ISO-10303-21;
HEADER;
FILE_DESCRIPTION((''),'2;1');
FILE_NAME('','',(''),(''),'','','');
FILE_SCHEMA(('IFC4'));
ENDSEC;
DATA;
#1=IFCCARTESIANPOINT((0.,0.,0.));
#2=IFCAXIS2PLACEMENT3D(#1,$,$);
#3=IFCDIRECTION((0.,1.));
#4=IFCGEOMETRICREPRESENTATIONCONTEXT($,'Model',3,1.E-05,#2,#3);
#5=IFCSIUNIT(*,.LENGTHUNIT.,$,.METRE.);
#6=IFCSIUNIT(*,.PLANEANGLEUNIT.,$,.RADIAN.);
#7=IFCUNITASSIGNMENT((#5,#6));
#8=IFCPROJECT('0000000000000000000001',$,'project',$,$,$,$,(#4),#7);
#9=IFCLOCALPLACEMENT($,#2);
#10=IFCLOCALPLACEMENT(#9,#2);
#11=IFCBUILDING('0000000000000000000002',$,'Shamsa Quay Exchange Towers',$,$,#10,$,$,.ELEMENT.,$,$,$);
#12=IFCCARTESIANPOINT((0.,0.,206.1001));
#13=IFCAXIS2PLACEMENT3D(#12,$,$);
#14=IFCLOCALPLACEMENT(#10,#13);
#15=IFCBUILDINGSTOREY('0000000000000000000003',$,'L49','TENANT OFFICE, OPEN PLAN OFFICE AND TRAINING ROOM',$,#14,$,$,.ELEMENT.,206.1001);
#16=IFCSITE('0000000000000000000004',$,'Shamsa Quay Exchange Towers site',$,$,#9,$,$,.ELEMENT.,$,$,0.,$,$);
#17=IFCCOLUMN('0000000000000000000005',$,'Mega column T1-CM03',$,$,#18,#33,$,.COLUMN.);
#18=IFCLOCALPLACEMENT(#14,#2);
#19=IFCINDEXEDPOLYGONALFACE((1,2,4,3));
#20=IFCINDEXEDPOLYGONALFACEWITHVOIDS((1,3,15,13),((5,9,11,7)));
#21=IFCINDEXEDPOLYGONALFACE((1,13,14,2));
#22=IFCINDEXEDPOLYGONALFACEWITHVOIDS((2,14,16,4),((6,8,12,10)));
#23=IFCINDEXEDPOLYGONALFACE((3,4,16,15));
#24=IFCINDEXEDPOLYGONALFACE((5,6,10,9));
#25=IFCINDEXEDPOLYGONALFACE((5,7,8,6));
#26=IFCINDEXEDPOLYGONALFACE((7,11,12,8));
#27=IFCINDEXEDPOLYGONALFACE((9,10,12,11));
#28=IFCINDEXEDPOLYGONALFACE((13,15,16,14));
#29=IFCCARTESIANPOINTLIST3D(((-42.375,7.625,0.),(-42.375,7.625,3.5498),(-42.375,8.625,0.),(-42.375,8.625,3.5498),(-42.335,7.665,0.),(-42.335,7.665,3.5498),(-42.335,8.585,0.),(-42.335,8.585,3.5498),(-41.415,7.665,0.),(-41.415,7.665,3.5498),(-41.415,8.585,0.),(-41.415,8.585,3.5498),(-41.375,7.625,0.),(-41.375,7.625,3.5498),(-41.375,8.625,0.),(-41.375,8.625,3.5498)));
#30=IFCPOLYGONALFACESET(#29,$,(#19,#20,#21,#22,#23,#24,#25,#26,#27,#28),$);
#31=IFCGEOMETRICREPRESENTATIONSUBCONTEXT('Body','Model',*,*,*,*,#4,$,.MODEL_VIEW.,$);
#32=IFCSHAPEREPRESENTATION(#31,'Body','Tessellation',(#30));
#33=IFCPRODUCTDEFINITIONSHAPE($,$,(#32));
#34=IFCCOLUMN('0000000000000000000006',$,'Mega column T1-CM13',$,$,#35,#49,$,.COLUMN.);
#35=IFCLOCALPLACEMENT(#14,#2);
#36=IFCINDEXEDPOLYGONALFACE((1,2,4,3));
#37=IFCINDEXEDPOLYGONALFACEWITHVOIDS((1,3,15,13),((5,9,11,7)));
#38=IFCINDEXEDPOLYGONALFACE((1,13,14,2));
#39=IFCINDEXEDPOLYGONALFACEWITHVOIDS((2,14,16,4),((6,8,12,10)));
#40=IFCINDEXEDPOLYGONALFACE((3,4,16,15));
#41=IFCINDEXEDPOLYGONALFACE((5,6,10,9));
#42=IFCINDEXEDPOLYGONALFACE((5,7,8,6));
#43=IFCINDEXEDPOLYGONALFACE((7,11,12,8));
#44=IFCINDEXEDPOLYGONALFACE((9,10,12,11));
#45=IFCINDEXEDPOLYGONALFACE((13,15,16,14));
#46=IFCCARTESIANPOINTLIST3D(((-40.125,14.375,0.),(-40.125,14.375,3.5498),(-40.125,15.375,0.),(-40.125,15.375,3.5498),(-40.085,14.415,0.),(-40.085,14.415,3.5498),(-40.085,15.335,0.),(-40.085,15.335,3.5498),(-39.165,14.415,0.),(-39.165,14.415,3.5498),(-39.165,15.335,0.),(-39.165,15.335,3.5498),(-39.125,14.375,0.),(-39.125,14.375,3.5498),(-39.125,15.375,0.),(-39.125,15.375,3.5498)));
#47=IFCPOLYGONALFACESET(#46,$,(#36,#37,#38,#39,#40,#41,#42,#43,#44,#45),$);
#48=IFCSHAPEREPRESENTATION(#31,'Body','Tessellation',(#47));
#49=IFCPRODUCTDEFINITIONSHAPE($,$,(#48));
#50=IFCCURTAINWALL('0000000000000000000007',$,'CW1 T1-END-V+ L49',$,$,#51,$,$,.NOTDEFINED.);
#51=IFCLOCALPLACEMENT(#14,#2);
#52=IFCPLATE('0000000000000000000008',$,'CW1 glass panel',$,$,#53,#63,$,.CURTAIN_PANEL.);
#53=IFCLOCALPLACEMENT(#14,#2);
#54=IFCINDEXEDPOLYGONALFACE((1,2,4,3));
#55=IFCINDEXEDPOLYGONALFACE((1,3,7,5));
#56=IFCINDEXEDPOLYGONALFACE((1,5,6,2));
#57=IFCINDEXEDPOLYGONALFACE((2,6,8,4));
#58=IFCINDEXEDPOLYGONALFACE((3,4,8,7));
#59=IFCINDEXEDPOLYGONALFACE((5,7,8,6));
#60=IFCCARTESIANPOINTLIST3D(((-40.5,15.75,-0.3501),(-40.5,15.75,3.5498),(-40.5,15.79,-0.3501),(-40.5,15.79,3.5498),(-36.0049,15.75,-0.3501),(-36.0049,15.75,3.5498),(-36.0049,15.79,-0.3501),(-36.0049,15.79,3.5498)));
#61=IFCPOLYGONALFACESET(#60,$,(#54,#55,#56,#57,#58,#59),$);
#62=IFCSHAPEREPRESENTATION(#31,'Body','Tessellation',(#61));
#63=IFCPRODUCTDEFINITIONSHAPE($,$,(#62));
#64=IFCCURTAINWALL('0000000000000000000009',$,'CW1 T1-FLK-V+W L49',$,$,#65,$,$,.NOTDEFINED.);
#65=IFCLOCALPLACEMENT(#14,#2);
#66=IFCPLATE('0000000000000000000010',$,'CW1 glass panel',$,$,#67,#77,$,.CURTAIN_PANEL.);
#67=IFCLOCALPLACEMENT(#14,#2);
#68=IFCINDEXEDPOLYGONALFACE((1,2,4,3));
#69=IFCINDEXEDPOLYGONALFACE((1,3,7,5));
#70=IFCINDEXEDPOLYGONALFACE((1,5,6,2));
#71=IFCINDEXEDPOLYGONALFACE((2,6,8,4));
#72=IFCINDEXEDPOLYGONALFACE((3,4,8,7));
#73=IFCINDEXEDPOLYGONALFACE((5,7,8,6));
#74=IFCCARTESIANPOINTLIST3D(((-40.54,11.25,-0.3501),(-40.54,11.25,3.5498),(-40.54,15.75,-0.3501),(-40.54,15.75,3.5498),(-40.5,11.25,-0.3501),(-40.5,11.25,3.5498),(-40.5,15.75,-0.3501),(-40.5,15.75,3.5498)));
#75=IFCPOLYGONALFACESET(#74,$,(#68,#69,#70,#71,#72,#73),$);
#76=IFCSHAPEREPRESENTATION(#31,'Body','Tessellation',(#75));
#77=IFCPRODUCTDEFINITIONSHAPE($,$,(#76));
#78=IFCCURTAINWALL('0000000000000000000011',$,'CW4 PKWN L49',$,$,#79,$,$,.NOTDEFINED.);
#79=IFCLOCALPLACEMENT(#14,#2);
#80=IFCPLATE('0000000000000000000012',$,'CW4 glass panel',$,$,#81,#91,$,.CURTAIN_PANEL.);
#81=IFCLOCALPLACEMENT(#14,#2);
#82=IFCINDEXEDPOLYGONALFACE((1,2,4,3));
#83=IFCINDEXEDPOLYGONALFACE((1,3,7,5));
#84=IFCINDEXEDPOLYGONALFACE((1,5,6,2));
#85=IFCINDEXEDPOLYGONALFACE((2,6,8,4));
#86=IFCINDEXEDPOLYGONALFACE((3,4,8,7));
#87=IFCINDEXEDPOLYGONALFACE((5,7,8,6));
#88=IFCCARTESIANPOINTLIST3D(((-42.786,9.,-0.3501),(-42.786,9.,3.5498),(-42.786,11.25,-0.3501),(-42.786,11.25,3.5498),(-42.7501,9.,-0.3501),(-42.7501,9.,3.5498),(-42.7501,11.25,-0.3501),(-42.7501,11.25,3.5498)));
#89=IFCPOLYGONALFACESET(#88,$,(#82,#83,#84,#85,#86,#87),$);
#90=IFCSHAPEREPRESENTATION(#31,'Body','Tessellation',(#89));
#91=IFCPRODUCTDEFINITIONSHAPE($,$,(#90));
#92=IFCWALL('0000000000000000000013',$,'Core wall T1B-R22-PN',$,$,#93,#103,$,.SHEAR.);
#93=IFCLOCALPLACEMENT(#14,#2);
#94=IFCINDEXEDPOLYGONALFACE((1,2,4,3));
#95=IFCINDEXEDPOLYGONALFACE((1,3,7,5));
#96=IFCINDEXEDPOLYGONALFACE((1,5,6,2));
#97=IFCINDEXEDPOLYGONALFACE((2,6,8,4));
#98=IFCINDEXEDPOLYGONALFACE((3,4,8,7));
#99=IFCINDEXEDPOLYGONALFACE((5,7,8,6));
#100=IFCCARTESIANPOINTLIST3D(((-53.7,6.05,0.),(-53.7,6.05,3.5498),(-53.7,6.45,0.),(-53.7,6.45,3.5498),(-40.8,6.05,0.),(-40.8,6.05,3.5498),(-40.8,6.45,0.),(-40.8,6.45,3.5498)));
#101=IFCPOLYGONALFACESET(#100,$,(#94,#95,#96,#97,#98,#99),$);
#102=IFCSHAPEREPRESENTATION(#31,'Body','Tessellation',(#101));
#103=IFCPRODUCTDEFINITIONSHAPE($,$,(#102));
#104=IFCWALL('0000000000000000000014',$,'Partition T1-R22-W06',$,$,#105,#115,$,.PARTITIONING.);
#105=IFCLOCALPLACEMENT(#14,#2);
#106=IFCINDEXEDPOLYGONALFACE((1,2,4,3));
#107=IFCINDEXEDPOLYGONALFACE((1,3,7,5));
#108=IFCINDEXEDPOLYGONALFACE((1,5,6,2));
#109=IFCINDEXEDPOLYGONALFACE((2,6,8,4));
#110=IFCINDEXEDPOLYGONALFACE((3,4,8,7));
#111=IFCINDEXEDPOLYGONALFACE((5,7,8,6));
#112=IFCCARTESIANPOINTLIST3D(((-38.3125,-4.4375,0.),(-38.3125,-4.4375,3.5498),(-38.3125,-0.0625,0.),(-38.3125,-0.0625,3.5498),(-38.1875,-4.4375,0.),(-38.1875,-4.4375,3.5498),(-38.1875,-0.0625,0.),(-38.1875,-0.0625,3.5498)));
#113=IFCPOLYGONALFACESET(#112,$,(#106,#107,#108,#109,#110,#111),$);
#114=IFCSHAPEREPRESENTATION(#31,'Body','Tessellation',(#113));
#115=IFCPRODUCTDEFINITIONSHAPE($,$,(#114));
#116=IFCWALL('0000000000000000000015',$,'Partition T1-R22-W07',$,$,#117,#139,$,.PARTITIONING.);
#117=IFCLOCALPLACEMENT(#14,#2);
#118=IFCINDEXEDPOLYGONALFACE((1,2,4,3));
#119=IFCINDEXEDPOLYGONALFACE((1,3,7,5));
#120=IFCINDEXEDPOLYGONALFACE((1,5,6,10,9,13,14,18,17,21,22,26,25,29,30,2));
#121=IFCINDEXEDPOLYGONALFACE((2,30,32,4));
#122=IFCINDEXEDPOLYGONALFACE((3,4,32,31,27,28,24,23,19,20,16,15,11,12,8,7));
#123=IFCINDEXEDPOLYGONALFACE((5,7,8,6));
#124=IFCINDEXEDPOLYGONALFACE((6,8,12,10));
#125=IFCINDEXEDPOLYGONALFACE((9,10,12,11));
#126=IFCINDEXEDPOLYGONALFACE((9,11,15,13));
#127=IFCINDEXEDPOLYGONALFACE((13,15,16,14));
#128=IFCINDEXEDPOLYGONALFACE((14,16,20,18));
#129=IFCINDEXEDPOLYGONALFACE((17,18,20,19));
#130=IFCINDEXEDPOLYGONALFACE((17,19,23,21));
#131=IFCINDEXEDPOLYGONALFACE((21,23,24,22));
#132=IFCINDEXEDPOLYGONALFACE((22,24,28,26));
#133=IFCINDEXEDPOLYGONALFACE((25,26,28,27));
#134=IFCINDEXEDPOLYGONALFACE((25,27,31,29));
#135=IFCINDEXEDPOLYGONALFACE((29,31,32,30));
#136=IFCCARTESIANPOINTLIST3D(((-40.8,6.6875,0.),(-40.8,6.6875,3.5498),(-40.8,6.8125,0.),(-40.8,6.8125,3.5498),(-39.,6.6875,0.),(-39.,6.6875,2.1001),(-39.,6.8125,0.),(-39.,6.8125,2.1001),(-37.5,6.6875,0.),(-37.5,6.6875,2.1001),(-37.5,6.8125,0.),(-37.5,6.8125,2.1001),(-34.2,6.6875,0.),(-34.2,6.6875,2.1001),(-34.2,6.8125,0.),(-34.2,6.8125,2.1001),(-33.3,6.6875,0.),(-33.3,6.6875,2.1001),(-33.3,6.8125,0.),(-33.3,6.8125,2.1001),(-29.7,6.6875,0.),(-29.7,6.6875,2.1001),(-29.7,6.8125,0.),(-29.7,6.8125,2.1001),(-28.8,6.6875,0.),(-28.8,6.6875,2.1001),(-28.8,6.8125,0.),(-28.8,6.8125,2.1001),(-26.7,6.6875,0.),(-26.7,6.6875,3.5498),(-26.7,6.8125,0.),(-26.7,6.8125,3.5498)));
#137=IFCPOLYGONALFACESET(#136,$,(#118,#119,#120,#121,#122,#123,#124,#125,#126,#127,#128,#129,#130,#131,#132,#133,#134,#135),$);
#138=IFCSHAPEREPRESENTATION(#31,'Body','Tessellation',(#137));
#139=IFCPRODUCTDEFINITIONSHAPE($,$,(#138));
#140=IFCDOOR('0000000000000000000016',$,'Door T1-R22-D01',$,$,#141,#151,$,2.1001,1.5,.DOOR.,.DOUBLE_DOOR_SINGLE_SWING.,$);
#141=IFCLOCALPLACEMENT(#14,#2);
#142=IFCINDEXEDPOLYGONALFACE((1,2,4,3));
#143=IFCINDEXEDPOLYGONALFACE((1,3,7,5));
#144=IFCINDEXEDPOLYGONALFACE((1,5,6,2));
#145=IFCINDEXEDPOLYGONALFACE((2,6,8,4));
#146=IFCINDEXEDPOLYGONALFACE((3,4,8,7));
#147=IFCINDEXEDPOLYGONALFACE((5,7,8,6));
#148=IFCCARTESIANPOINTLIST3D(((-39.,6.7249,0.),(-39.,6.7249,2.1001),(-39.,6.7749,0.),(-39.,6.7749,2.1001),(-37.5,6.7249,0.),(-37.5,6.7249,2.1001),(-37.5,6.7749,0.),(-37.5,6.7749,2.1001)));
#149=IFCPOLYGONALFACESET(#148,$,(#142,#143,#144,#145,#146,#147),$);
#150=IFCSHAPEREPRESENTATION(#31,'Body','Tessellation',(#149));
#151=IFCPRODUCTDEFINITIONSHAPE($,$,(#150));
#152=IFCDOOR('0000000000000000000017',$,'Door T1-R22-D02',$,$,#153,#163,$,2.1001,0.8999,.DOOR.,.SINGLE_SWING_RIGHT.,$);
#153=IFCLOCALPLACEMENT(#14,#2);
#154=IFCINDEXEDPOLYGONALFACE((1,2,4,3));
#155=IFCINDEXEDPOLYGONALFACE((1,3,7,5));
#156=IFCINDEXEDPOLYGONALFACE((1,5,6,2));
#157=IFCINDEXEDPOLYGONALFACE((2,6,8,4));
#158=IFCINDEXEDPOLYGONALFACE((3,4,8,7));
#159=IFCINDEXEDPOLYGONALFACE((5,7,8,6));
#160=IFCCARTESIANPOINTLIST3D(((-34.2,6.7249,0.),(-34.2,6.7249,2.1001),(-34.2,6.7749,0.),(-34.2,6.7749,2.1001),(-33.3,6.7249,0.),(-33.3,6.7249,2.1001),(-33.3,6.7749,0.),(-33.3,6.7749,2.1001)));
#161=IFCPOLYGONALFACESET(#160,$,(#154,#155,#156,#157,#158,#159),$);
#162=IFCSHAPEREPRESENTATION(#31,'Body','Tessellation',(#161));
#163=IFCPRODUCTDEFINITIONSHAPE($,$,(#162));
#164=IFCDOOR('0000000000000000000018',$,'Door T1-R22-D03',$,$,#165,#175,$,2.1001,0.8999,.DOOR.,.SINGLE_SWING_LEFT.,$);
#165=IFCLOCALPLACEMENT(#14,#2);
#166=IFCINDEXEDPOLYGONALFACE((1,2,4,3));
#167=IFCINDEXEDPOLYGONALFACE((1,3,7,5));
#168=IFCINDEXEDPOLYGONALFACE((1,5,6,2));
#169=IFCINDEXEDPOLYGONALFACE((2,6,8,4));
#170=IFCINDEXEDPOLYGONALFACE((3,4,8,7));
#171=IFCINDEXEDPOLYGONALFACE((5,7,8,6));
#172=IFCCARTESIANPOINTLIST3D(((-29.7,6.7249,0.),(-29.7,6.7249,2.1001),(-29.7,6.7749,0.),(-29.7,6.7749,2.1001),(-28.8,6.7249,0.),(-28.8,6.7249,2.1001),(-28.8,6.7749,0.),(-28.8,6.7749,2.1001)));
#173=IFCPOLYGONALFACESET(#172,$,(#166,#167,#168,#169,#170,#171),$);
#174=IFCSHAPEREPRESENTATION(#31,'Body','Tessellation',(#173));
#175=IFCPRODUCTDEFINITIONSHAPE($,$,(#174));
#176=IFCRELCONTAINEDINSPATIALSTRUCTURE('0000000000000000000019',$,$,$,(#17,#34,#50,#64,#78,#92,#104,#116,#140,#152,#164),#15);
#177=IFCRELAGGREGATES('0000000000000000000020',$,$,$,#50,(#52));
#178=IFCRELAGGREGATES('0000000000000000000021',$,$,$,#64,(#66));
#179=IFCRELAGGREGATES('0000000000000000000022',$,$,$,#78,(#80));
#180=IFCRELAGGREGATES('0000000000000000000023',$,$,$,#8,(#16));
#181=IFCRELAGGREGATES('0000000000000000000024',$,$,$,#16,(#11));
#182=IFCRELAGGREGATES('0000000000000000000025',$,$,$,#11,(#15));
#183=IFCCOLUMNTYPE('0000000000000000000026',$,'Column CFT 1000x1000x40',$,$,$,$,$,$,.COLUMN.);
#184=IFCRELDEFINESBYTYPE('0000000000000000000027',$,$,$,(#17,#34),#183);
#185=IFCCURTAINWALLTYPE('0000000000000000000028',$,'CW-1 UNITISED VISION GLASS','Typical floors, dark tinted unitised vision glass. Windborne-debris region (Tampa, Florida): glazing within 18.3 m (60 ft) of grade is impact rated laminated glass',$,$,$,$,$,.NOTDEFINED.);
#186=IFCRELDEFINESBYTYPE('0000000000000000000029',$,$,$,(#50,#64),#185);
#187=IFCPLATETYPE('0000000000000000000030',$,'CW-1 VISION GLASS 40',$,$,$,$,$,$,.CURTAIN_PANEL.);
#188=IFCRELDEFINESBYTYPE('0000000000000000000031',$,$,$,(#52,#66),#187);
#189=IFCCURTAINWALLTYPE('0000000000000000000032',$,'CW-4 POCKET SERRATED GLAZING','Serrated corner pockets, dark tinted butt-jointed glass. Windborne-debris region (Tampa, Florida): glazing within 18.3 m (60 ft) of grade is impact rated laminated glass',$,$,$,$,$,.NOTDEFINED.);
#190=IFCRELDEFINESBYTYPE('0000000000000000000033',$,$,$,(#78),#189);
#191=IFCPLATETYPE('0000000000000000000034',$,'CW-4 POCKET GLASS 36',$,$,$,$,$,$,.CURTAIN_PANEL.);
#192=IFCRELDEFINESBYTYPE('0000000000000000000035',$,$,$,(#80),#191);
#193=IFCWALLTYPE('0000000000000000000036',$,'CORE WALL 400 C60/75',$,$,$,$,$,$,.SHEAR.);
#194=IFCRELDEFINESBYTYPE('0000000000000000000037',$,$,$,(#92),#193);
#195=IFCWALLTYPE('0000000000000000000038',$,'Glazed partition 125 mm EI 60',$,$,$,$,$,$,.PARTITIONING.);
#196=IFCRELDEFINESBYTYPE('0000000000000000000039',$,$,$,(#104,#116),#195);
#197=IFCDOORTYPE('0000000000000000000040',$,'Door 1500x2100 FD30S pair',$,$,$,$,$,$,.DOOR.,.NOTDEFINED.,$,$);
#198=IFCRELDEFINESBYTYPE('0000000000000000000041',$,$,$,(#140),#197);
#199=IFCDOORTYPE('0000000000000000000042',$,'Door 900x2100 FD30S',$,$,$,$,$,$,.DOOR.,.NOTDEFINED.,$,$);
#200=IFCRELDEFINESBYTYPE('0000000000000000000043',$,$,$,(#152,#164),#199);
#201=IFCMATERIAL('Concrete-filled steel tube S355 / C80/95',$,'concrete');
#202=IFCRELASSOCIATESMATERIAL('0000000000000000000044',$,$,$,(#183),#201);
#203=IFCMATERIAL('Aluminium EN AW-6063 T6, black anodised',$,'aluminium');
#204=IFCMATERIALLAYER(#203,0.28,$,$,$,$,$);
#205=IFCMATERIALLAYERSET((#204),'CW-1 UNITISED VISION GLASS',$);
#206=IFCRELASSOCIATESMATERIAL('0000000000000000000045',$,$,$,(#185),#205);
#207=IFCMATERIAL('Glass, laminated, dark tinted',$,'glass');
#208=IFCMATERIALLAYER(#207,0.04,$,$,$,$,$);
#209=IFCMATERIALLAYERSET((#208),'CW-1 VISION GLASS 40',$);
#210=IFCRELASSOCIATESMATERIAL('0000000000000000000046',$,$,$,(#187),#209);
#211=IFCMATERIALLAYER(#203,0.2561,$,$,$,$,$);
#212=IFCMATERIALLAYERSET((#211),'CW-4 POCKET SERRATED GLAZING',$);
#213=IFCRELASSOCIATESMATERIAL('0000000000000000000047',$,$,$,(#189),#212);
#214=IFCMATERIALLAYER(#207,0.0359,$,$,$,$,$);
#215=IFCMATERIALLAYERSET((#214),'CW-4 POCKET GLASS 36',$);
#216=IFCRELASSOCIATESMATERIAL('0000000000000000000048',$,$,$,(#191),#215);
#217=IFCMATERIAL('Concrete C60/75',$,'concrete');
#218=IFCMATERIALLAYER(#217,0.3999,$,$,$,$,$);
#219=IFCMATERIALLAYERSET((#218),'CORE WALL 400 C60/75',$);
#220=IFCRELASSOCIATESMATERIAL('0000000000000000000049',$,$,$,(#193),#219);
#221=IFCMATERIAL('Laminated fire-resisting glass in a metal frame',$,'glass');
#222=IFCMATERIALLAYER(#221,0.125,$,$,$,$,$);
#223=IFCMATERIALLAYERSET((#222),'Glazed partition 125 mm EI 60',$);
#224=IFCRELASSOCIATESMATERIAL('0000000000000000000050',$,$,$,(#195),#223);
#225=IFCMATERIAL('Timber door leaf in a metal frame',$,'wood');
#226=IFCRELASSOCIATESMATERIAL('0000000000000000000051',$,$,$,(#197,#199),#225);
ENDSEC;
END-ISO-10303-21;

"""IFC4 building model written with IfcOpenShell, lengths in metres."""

from ifc_helpers import new_model, si_unit, direction, frame, frame_2d, origin, origin_2d, place, context, subcontext, project, spatial, rectangle, hollow_rectangle, extrude, material, layer, layer_set, material_profile, profile_set, type_object, element, fill, aggregate, save


model = new_model("IFC4")

# Units and contexts
model_context = context("Model", 3, precision=1e-05, world=origin(), true_north=direction((0.0, 1.0)))
body_context = subcontext(model_context, "Body", "Model", "MODEL_VIEW")
ifc_project = project(units=[si_unit("LENGTHUNIT", "METRE"), si_unit("PLANEANGLEUNIT", "RADIAN")], contexts=[model_context])

# Site, building, storey
site_placement = place(None, origin())
site = spatial("IfcSite", under=ifc_project, at=site_placement, Name="Shamsa Quay Exchange Towers site", CompositionType="ELEMENT", RefElevation=0.0)
building_placement = place(site_placement, origin())
building = spatial("IfcBuilding", under=site, at=building_placement, Name="Shamsa Quay Exchange Towers", CompositionType="ELEMENT")
storey_placement = place(building_placement, frame((0.0, 0.0, 206.1001)))
storey = spatial("IfcBuildingStorey", under=building, at=storey_placement, Name="L49", Description="TENANT OFFICE, OPEN PLAN OFFICE AND TRAINING ROOM", CompositionType="ELEMENT", Elevation=206.1001)

# Columns
ifc_material_1 = material(Name="Concrete-filled steel tube S355 / C80/95", Category="concrete")
ifc_material_profile = material_profile(ifc_material_1, hollow_rectangle(XDim=1.0, YDim=1.0, WallThickness=0.04, at=origin_2d()), Name="CFT 1000x1000x40")
ifc_profile_set = profile_set([ifc_material_profile], Name="Concrete-filled steel tube S355 / C80/95")
column_type = type_object("IfcColumnType", Name="Column CFT 1000x1000x40", PredefinedType="COLUMN", material=ifc_profile_set)
for number, where, name in (
    (1, (-41.875, 8.125, 0.0), "Mega column T1-CM03"),
    (2, (-39.625, 14.875, 0.0), "Mega column T1-CM13"),
):
    element("IfcColumn", number, at=place(storey_placement, frame(where)), inside=storey, type_object=column_type, Name=name, PredefinedType="COLUMN", context=body_context, shape_type="SweptSolid", body=[
        extrude(hollow_rectangle(XDim=1.0, YDim=1.0, WallThickness=0.04, at=origin_2d()), origin(), (0.0, 0.0, 1.0), 3.5498),
    ])

# Curtain walls, plates
ifc_material_2 = material(Name="Aluminium EN AW-6063 T6, black anodised", Category="aluminium")
ifc_layer_1 = layer(ifc_material_2, 0.28)
ifc_layer_set_1 = layer_set([ifc_layer_1], Name="CW-1 UNITISED VISION GLASS")
curtain_wall_type_1 = type_object("IfcCurtainWallType", Name="CW-1 UNITISED VISION GLASS", Description="Typical floors, dark tinted unitised vision glass. Windborne-debris region (Tampa, Florida): glazing within 18.3 m (60 ft) of grade is impact rated laminated glass", PredefinedType="NOTDEFINED", material=ifc_layer_set_1)
curtain_wall_1_placement = place(storey_placement, origin())
curtain_wall_1 = element("IfcCurtainWall", 3, at=curtain_wall_1_placement, inside=storey, type_object=curtain_wall_type_1, Name="CW1 T1-END-V+ L49", PredefinedType="NOTDEFINED")
ifc_material_3 = material(Name="Glass, laminated, dark tinted", Category="glass")
ifc_layer_2 = layer(ifc_material_3, 0.04)
ifc_layer_set_2 = layer_set([ifc_layer_2], Name="CW-1 VISION GLASS 40")
plate_type_1 = type_object("IfcPlateType", Name="CW-1 VISION GLASS 40", PredefinedType="CURTAIN_PANEL", material=ifc_layer_set_2)
plate_1_placement = place(storey_placement, frame((-38.2524, 15.77, -0.3501), z_axis=(0.0, 0.0, 1.0), x_axis=(-1.0, 0.0, 0.0)))
plate_1 = element("IfcPlate", 4, at=plate_1_placement, type_object=plate_type_1, Name="CW1 glass panel", PredefinedType="CURTAIN_PANEL", context=body_context, shape_type="SweptSolid", body=[
    extrude(rectangle(XDim=4.4951, YDim=0.04, at=origin_2d()), origin(), (0.0, 0.0, 1.0), 3.8999),
])
aggregate(curtain_wall_1, [plate_1])
curtain_wall_2_placement = place(storey_placement, origin())
curtain_wall_2 = element("IfcCurtainWall", 5, at=curtain_wall_2_placement, inside=storey, type_object=curtain_wall_type_1, Name="CW1 T1-FLK-V+W L49", PredefinedType="NOTDEFINED")
plate_2_placement = place(storey_placement, frame((-40.52, 13.5, -0.3501), z_axis=(0.0, 0.0, 1.0), x_axis=(0.0, -1.0, 0.0)))
plate_2 = element("IfcPlate", 6, at=plate_2_placement, type_object=plate_type_1, Name="CW1 glass panel", PredefinedType="CURTAIN_PANEL", context=body_context, shape_type="SweptSolid", body=[
    extrude(rectangle(XDim=4.5, YDim=0.04, at=origin_2d()), origin(), (0.0, 0.0, 1.0), 3.8999),
])
aggregate(curtain_wall_2, [plate_2])
ifc_layer_3 = layer(ifc_material_2, 0.2561)
ifc_layer_set_3 = layer_set([ifc_layer_3], Name="CW-4 POCKET SERRATED GLAZING")
curtain_wall_type_2 = type_object("IfcCurtainWallType", Name="CW-4 POCKET SERRATED GLAZING", Description="Serrated corner pockets, dark tinted butt-jointed glass. Windborne-debris region (Tampa, Florida): glazing within 18.3 m (60 ft) of grade is impact rated laminated glass", PredefinedType="NOTDEFINED", material=ifc_layer_set_3)
curtain_wall_3_placement = place(storey_placement, origin())
curtain_wall_3 = element("IfcCurtainWall", 7, at=curtain_wall_3_placement, inside=storey, type_object=curtain_wall_type_2, Name="CW4 PKWN L49", PredefinedType="NOTDEFINED")
ifc_layer_4 = layer(ifc_material_3, 0.0359)
ifc_layer_set_4 = layer_set([ifc_layer_4], Name="CW-4 POCKET GLASS 36")
plate_type_2 = type_object("IfcPlateType", Name="CW-4 POCKET GLASS 36", PredefinedType="CURTAIN_PANEL", material=ifc_layer_set_4)
plate_3_placement = place(storey_placement, frame((-42.7681, 10.125, -0.3501), z_axis=(0.0, 0.0, 1.0), x_axis=(0.0, -1.0, 0.0)))
plate_3 = element("IfcPlate", 8, at=plate_3_placement, type_object=plate_type_2, Name="CW4 glass panel", PredefinedType="CURTAIN_PANEL", context=body_context, shape_type="SweptSolid", body=[
    extrude(rectangle(XDim=2.25, YDim=0.0359, at=origin_2d()), origin(), (0.0, 0.0, 1.0), 3.8999),
])
aggregate(curtain_wall_3, [plate_3])

# Walls
ifc_material_4 = material(Name="Concrete C60/75", Category="concrete")
ifc_layer_5 = layer(ifc_material_4, 0.3999)
ifc_layer_set_5 = layer_set([ifc_layer_5], Name="CORE WALL 400 C60/75")
wall_type_1 = type_object("IfcWallType", Name="CORE WALL 400 C60/75", PredefinedType="SHEAR", material=ifc_layer_set_5)
wall_1_placement = place(storey_placement, frame((-40.8, 6.25, 0.0), z_axis=(0.0, 0.0, 1.0), x_axis=(-1.0, 0.0, 0.0)))
element("IfcWall", 9, at=wall_1_placement, inside=storey, type_object=wall_type_1, Name="Core wall T1B-R22-PN", PredefinedType="SHEAR", context=body_context, shape_type="SweptSolid", body=[
    extrude(rectangle(XDim=12.8999, YDim=0.3999, at=frame_2d((6.45, 0.0))), origin(), (0.0, 0.0, 1.0), 3.5498),
])
ifc_material_5 = material(Name="Laminated fire-resisting glass in a metal frame", Category="glass")
ifc_layer_6 = layer(ifc_material_5, 0.125)
ifc_layer_set_6 = layer_set([ifc_layer_6], Name="Glazed partition 125 mm EI 60")
wall_type_2 = type_object("IfcWallType", Name="Glazed partition 125 mm EI 60", PredefinedType="PARTITIONING", material=ifc_layer_set_6)
wall_2_placement = place(storey_placement, frame((-38.25, -0.0625, 0.0), z_axis=(0.0, 0.0, 1.0), x_axis=(0.0, -1.0, 0.0)))
element("IfcWall", 10, at=wall_2_placement, inside=storey, type_object=wall_type_2, Name="Partition T1-R22-W06", PredefinedType="PARTITIONING", context=body_context, shape_type="SweptSolid", body=[
    extrude(rectangle(XDim=4.375, YDim=0.125, at=frame_2d((2.1875, 0.0))), origin(), (0.0, 0.0, 1.0), 3.5498),
])

# Wall, openings, doors
wall_3_placement = place(storey_placement, frame((-40.8, 6.75, 0.0)))
wall_3 = element("IfcWall", 11, at=wall_3_placement, inside=storey, type_object=wall_type_2, Name="Partition T1-R22-W07", PredefinedType="PARTITIONING", context=body_context, shape_type="SweptSolid", body=[
    extrude(rectangle(XDim=14.1001, YDim=0.125, at=frame_2d((7.05, 0.0))), origin(), (0.0, 0.0, 1.0), 3.5498),
])
opening_1_placement = place(wall_3_placement, frame((1.8, 0.0, 0.0)))
opening_1 = element("IfcOpeningElement", 12, at=opening_1_placement, cuts=wall_3, PredefinedType="OPENING", context=body_context, shape_type="SweptSolid", body=[
    extrude(rectangle(XDim=1.5, YDim=2.1001, at=frame_2d((0.75, 1.05))), frame((0.0, 0.0725, 0.0), z_axis=(0.0, -1.0, 0.0), x_axis=(1.0, 0.0, 0.0)), (0.0, 0.0, 1.0), 0.145),
])
opening_2_placement = place(wall_3_placement, frame((6.6001, 0.0, 0.0)))
opening_2 = element("IfcOpeningElement", 13, at=opening_2_placement, cuts=wall_3, PredefinedType="OPENING", context=body_context, shape_type="SweptSolid", body=[
    extrude(rectangle(XDim=0.8999, YDim=2.1001, at=frame_2d((0.45, 1.05))), frame((0.0, 0.0725, 0.0), z_axis=(0.0, -1.0, 0.0), x_axis=(1.0, 0.0, 0.0)), (0.0, 0.0, 1.0), 0.145),
])
opening_3_placement = place(wall_3_placement, frame((11.1001, 0.0, 0.0)))
opening_3 = element("IfcOpeningElement", 14, at=opening_3_placement, cuts=wall_3, PredefinedType="OPENING", context=body_context, shape_type="SweptSolid", body=[
    extrude(rectangle(XDim=0.8999, YDim=2.1001, at=frame_2d((0.45, 1.05))), frame((0.0, 0.0725, 0.0), z_axis=(0.0, -1.0, 0.0), x_axis=(1.0, 0.0, 0.0)), (0.0, 0.0, 1.0), 0.145),
])
ifc_material_6 = material(Name="Timber door leaf in a metal frame", Category="wood")
door_type_1 = type_object("IfcDoorType", Name="Door 1500x2100 FD30S pair", OperationType="NOTDEFINED", PredefinedType="DOOR", material=ifc_material_6)
door_1_placement = place(opening_1_placement, origin())
door_1 = element("IfcDoor", 15, at=door_1_placement, inside=storey, type_object=door_type_1, Name="Door T1-R22-D01", OperationType="DOUBLE_DOOR_SINGLE_SWING", OverallHeight=2.1001, OverallWidth=1.5, PredefinedType="DOOR", context=body_context, shape_type="SweptSolid", body=[
    extrude(rectangle(XDim=1.5, YDim=2.1001, at=frame_2d((0.75, 1.05))), frame((0.0, 0.0249, 0.0), z_axis=(0.0, -1.0, 0.0), x_axis=(1.0, 0.0, 0.0)), (0.0, 0.0, 1.0), 0.05),
])
fill(opening_1, door_1)
door_type_2 = type_object("IfcDoorType", Name="Door 900x2100 FD30S", OperationType="NOTDEFINED", PredefinedType="DOOR", material=ifc_material_6)
door_2_placement = place(opening_2_placement, origin())
door_2 = element("IfcDoor", 16, at=door_2_placement, inside=storey, type_object=door_type_2, Name="Door T1-R22-D02", OperationType="SINGLE_SWING_RIGHT", OverallHeight=2.1001, OverallWidth=0.8999, PredefinedType="DOOR", context=body_context, shape_type="SweptSolid", body=[
    extrude(rectangle(XDim=0.8999, YDim=2.1001, at=frame_2d((0.45, 1.05))), frame((0.0, 0.0249, 0.0), z_axis=(0.0, -1.0, 0.0), x_axis=(1.0, 0.0, 0.0)), (0.0, 0.0, 1.0), 0.05),
])
fill(opening_2, door_2)
door_3_placement = place(opening_3_placement, origin())
door_3 = element("IfcDoor", 17, at=door_3_placement, inside=storey, type_object=door_type_2, Name="Door T1-R22-D03", OperationType="SINGLE_SWING_LEFT", OverallHeight=2.1001, OverallWidth=0.8999, PredefinedType="DOOR", context=body_context, shape_type="SweptSolid", body=[
    extrude(rectangle(XDim=0.8999, YDim=2.1001, at=frame_2d((0.45, 1.05))), frame((0.0, 0.0249, 0.0), z_axis=(0.0, -1.0, 0.0), x_axis=(1.0, 0.0, 0.0)), (0.0, 0.0, 1.0), 0.05),
])
fill(opening_3, door_3)

save(model, "model.ifc")
